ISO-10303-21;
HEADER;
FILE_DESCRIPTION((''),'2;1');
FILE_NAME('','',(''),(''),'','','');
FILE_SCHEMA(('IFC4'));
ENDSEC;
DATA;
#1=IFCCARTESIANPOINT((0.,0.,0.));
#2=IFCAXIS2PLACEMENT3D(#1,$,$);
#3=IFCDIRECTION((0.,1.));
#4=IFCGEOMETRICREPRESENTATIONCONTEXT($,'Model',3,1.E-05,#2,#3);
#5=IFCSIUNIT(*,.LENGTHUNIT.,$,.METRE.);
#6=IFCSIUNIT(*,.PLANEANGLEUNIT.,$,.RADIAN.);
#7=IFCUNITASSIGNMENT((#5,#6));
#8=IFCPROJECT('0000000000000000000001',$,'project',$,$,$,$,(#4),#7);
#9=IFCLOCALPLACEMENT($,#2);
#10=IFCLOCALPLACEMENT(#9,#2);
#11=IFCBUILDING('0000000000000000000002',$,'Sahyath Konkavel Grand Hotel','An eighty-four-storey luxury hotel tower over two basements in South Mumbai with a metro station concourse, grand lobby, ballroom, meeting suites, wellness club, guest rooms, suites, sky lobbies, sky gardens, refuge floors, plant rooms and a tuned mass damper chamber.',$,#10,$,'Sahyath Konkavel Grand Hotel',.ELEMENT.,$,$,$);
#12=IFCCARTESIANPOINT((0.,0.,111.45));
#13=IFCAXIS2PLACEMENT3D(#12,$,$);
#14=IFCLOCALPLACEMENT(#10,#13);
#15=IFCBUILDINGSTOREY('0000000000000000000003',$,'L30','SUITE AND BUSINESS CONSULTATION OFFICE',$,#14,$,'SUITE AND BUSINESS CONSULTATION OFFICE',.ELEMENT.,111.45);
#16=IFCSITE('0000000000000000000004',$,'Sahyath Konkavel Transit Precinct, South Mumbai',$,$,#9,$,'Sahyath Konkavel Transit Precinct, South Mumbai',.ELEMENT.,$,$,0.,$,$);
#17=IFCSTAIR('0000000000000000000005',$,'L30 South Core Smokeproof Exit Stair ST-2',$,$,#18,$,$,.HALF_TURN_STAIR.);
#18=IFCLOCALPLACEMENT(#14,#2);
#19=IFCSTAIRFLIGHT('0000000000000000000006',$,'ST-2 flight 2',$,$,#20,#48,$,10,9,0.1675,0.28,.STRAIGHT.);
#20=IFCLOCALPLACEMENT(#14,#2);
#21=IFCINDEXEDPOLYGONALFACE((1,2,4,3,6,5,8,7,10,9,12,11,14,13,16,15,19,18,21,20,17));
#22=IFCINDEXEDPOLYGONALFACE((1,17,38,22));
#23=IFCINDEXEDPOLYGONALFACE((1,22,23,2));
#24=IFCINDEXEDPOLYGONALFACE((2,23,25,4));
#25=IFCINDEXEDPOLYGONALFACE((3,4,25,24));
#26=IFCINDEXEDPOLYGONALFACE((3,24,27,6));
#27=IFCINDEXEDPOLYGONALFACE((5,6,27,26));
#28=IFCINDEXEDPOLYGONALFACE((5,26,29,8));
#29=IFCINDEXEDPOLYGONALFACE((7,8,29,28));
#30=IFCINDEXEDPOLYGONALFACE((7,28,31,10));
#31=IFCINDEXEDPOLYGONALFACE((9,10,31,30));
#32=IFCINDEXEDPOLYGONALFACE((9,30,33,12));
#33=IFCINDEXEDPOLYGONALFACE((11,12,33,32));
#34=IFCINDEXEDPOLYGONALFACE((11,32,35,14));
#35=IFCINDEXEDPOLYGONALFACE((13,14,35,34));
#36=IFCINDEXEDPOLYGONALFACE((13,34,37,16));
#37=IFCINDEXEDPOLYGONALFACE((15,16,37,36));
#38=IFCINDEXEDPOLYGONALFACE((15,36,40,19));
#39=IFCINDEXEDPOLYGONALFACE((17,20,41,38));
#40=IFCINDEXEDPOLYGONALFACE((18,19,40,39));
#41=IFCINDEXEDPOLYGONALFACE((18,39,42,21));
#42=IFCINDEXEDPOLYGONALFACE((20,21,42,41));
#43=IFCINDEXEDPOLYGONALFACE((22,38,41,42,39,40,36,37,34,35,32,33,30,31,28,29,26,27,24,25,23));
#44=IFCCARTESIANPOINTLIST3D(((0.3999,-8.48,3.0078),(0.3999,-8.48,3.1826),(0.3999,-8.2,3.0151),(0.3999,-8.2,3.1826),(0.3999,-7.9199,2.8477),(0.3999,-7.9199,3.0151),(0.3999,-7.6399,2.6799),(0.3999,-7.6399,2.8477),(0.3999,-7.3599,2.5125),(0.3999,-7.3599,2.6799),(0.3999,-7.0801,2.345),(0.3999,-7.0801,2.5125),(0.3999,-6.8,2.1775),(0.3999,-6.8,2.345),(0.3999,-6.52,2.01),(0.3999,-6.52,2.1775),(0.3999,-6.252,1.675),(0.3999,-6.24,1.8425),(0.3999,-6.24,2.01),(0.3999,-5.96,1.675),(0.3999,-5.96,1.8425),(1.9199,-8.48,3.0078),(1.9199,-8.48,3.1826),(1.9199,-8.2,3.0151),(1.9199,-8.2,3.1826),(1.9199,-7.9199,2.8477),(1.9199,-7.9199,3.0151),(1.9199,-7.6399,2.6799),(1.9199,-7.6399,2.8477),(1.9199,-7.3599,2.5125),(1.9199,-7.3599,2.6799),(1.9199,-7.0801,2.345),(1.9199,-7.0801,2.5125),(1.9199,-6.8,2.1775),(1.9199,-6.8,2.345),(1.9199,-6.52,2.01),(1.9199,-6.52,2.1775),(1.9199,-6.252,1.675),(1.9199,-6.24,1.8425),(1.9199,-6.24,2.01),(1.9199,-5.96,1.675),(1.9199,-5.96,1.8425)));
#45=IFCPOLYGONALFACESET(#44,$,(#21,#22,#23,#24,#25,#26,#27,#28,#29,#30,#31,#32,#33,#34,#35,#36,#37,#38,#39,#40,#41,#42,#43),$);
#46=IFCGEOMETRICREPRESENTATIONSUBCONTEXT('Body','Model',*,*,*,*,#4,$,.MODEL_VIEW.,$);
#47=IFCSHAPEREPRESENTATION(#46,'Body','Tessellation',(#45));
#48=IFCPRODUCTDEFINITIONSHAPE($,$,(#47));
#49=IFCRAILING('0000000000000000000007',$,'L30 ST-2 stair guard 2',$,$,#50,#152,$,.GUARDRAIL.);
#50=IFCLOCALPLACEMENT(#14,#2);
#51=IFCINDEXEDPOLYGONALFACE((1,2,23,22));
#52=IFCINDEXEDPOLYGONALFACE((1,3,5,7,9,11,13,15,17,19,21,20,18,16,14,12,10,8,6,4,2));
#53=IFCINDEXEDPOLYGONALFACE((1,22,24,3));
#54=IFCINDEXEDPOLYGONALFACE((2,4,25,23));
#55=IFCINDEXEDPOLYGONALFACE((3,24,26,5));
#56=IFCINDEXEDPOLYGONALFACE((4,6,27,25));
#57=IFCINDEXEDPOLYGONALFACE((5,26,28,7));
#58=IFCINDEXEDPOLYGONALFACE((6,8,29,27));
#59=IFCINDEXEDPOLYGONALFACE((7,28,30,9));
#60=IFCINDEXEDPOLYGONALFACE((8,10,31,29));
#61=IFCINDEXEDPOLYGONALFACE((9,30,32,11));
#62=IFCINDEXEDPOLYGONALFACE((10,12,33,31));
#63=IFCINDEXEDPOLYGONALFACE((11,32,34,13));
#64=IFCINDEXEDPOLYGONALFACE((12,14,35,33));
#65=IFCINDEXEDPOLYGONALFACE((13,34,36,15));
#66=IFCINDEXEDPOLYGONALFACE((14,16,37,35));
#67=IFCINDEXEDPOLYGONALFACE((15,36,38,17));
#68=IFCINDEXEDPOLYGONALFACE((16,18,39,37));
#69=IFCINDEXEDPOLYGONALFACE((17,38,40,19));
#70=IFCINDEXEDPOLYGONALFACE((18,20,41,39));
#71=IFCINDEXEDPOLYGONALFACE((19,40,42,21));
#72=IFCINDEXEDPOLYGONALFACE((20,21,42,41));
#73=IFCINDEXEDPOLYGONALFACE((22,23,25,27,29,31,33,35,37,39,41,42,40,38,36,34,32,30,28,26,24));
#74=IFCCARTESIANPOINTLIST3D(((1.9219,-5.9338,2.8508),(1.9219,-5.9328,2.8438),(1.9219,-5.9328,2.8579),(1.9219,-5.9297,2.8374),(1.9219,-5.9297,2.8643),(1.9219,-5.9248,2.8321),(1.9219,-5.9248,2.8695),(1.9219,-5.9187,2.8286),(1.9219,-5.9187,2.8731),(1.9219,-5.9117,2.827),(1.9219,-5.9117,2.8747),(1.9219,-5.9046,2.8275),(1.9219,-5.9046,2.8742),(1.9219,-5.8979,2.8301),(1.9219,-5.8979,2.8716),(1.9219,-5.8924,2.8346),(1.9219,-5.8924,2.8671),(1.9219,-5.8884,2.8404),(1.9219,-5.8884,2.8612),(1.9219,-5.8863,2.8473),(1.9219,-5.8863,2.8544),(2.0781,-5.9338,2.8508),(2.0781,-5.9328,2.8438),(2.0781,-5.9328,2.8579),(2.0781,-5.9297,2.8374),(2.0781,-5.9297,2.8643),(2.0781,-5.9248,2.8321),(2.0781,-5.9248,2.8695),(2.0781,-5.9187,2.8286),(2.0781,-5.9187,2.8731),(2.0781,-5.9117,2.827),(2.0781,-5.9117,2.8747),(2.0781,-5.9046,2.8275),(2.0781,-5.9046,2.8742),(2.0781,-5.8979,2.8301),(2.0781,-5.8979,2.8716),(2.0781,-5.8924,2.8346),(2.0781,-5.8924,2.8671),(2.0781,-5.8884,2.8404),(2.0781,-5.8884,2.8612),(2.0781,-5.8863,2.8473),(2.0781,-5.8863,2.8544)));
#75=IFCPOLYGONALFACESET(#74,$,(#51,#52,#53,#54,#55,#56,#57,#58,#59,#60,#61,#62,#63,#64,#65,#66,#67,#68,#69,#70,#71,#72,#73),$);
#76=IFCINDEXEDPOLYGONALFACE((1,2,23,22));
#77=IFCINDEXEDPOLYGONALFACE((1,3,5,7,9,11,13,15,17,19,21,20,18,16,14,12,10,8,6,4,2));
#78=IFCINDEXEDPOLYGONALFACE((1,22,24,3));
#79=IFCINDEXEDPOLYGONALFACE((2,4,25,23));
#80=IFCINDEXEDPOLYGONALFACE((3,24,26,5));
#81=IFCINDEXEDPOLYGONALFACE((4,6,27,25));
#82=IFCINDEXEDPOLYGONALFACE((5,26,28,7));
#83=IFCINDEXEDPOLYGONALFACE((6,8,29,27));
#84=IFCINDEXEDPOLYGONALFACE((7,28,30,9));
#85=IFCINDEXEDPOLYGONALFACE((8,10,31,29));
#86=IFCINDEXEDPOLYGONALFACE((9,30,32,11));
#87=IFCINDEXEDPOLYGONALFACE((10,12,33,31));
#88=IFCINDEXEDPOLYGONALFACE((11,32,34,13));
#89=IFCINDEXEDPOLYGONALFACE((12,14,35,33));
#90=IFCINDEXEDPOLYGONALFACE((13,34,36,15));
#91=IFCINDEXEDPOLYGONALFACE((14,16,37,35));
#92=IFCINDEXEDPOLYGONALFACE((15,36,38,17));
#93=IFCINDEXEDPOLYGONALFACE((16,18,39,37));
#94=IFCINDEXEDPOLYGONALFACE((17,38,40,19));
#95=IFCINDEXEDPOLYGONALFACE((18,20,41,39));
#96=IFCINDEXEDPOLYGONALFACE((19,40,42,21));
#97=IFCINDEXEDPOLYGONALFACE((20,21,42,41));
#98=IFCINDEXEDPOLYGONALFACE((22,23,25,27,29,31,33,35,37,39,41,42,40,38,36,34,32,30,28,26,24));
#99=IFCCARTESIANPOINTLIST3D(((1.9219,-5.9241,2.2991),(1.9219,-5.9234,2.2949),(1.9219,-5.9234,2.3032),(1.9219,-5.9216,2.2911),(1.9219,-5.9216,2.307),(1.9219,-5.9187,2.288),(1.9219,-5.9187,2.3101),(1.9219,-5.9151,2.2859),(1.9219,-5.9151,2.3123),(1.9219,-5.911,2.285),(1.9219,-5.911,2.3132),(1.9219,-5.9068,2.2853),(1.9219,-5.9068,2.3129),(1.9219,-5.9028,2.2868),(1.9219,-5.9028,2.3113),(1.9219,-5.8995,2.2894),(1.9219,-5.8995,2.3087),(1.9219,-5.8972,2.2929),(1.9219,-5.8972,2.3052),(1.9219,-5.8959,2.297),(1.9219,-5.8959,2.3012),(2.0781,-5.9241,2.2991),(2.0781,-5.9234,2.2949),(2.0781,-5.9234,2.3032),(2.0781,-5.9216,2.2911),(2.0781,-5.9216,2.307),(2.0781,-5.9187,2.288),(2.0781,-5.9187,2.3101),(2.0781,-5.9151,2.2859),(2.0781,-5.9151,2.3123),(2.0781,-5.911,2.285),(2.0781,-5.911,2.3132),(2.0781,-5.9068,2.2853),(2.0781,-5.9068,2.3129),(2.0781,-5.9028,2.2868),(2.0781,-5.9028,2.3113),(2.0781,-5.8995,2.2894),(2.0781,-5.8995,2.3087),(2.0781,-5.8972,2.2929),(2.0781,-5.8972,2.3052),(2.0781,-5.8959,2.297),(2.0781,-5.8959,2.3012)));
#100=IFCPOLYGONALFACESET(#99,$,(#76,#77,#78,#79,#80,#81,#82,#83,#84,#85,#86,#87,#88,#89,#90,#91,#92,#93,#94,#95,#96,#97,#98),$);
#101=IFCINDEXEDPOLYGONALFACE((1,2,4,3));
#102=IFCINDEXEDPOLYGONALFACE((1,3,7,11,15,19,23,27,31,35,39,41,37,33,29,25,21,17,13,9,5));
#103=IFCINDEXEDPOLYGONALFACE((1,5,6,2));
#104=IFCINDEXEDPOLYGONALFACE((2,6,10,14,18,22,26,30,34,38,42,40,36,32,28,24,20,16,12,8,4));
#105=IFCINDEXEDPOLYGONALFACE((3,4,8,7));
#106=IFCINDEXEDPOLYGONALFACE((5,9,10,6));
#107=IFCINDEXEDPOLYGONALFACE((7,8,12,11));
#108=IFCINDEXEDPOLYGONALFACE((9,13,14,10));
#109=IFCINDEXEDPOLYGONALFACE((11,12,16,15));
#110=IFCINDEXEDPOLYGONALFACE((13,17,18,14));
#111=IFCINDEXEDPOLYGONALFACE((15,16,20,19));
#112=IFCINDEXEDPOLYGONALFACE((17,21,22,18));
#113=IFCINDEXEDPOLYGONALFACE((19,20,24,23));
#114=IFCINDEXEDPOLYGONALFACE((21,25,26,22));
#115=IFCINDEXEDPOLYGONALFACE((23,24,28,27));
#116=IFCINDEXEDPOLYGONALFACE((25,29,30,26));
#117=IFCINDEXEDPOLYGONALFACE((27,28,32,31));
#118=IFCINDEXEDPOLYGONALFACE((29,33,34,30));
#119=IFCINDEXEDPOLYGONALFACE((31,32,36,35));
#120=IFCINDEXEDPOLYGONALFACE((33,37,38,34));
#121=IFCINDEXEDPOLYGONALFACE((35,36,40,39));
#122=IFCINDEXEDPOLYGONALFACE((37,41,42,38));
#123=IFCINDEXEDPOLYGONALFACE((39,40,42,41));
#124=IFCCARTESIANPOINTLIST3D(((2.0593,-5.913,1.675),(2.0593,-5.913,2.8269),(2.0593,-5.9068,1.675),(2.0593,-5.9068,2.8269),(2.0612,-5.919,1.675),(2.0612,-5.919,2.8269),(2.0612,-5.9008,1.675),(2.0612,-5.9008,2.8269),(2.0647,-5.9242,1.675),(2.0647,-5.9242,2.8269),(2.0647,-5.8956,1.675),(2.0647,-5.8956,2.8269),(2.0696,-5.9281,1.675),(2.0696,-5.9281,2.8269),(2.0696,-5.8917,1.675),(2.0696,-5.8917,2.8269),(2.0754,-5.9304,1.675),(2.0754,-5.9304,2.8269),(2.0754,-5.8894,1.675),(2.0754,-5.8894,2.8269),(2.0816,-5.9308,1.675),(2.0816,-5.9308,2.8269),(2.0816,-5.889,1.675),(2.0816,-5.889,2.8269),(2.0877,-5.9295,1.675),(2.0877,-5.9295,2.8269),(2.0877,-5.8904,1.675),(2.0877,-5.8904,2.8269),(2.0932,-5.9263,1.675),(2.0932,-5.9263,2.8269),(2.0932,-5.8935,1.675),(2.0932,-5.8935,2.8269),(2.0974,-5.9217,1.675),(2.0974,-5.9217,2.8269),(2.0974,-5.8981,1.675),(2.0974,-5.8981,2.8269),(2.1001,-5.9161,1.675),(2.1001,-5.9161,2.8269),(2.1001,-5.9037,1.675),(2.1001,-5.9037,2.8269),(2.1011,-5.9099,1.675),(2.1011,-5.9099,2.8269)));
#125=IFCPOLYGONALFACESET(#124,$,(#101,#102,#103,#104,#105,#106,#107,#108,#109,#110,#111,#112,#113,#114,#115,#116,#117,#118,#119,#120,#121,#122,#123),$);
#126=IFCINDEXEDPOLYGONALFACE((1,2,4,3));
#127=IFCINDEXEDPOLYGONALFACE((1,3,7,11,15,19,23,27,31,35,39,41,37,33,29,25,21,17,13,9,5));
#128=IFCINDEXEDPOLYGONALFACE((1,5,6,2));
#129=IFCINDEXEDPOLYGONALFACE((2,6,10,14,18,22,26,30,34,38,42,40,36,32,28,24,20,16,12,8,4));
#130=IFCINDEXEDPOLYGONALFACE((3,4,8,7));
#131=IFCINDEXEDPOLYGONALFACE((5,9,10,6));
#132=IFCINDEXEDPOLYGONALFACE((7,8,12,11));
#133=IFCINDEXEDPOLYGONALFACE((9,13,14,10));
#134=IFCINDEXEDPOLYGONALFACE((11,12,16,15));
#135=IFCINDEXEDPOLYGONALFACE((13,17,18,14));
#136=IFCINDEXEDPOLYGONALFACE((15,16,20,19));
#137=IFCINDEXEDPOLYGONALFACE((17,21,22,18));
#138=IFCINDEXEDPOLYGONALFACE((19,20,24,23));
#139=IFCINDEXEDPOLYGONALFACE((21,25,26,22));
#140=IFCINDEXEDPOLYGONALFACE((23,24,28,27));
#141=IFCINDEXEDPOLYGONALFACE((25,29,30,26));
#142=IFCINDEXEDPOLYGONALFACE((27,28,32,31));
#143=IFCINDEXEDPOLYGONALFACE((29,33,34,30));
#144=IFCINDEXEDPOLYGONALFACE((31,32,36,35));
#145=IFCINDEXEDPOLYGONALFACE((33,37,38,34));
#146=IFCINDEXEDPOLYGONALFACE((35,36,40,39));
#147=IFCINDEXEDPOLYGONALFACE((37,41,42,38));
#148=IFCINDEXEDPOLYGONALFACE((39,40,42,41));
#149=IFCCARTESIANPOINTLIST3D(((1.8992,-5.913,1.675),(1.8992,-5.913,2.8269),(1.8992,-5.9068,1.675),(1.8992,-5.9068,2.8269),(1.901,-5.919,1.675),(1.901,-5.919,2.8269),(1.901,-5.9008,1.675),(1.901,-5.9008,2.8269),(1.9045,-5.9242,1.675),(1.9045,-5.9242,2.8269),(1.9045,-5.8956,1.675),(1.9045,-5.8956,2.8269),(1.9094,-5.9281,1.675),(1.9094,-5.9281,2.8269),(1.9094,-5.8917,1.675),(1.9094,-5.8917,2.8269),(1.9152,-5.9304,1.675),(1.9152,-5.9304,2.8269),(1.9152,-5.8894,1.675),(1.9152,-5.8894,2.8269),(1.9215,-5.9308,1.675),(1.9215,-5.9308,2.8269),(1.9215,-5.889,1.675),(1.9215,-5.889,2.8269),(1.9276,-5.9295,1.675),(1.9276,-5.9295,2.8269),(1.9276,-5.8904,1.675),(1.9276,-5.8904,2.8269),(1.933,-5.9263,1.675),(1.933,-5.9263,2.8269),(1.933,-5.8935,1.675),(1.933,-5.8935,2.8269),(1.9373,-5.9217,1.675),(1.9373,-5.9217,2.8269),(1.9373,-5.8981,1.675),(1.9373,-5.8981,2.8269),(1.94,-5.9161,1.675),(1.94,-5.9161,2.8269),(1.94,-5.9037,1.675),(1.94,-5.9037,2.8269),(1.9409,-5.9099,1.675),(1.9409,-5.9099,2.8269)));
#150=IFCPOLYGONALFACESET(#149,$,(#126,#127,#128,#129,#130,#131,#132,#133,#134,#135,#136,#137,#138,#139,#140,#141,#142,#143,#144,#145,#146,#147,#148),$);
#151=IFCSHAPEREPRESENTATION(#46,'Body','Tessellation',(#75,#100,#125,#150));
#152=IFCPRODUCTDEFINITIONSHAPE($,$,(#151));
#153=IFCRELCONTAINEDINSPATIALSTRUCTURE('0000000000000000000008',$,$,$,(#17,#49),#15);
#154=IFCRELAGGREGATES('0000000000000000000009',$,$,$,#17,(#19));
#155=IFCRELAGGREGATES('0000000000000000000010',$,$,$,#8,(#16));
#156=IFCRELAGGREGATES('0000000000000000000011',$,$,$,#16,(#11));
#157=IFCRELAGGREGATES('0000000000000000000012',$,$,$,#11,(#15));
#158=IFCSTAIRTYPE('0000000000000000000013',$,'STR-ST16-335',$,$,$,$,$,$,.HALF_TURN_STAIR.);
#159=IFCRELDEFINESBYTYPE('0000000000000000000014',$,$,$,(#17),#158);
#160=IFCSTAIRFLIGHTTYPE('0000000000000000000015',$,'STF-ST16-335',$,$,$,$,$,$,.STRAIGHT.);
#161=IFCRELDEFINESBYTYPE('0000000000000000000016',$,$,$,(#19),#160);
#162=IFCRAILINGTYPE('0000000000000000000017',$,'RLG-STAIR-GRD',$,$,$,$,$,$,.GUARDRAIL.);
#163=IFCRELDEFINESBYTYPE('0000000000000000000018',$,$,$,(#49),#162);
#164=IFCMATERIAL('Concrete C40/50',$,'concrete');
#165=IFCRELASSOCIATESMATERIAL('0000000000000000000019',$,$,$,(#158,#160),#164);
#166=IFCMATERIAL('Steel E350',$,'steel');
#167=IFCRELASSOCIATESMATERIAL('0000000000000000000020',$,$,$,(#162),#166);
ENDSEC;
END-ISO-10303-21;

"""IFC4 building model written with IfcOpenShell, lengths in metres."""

from ifc_helpers import new_model, si_unit, direction, frame, origin, origin_2d, place, context, subcontext, project, spatial, polyline, circle, outline, extrude, material, type_object, element, aggregate, save


model = new_model("IFC4")

# Units and contexts
model_context = context("Model", 3, precision=1e-05, world=origin(), true_north=direction((0.0, 1.0)))
body_context = subcontext(model_context, "Body", "Model", "MODEL_VIEW")
ifc_project = project(units=[si_unit("LENGTHUNIT", "METRE"), si_unit("PLANEANGLEUNIT", "RADIAN")], contexts=[model_context])

# Site, building, storey
site_placement = place(None, origin())
site = spatial("IfcSite", under=ifc_project, at=site_placement, Name="Sahyath Konkavel Transit Precinct, South Mumbai", LongName="Sahyath Konkavel Transit Precinct, South Mumbai", CompositionType="ELEMENT", RefElevation=0.0)
building_placement = place(site_placement, origin())
building = spatial("IfcBuilding", under=site, at=building_placement, Name="Sahyath Konkavel Grand Hotel", Description="An eighty-four-storey luxury hotel tower over two basements in South Mumbai with a metro station concourse, grand lobby, ballroom, meeting suites, wellness club, guest rooms, suites, sky lobbies, sky gardens, refuge floors, plant rooms and a tuned mass damper chamber.", LongName="Sahyath Konkavel Grand Hotel", CompositionType="ELEMENT")
storey_placement = place(building_placement, frame((0.0, 0.0, 111.45)))
storey = spatial("IfcBuildingStorey", under=building, at=storey_placement, Name="L30", Description="SUITE AND BUSINESS CONSULTATION OFFICE", LongName="SUITE AND BUSINESS CONSULTATION OFFICE", CompositionType="ELEMENT", Elevation=111.45)

# Shared definitions
ifc_material_1 = material(Name="Steel E350", Category="steel")

# Shared definitions
ifc_material_2 = material(Name="Concrete C40/50", Category="concrete")

# Stair, stair flight
stair_type = type_object("IfcStairType", Name="STR-ST16-335", PredefinedType="HALF_TURN_STAIR", material=ifc_material_2)
stair_placement = place(storey_placement, origin())
stair = element("IfcStair", 1, at=stair_placement, inside=storey, type_object=stair_type, Name="L30 South Core Smokeproof Exit Stair ST-2", PredefinedType="HALF_TURN_STAIR")
stair_flight_type = type_object("IfcStairFlightType", Name="STF-ST16-335", PredefinedType="STRAIGHT", material=ifc_material_2)
stair_flight_placement = place(storey_placement, frame((1.1599, -5.96, 1.675), z_axis=(0.0, 0.0, 1.0), x_axis=(0.0, -1.0, 0.0)))
stair_flight = element("IfcStairFlight", 2, at=stair_flight_placement, type_object=stair_flight_type, Name="ST-2 flight 2", NumberOfRisers=10, NumberOfTreads=9, PredefinedType="STRAIGHT", RiserHeight=0.1675, TreadLength=0.28, context=body_context, shape_type="SweptSolid", body=[
    extrude(outline(polyline([(0.0, 0.0), (0.0, 0.1675), (0.28, 0.1675), (0.28, 0.335), (0.5601, 0.335), (0.5601, 0.5024), (0.8401, 0.5024), (0.8401, 0.6699), (1.1201, 0.6699), (1.1201, 0.8374), (1.3999, 0.8374), (1.3999, 1.0049), (1.6799, 1.0049), (1.6799, 1.1726), (1.96, 1.1726), (1.96, 1.3401), (2.24, 1.3401), (2.24, 1.5076), (2.52, 1.5076), (2.52, 1.675), (2.52, 1.3328), (0.292, 0.0), (0.0, 0.0)])), frame((0.0, 0.76, 0.0), z_axis=(0.0, -1.0, 0.0), x_axis=(1.0, 0.0, 0.0)), (0.0, 0.0, 1.0), 1.52),
])
aggregate(stair, [stair_flight])

# Railing
railing_type_1 = type_object("IfcRailingType", Name="RLG-STAIR-GRD", PredefinedType="GUARDRAIL", material=ifc_material_1)
railing_1_placement = place(storey_placement, frame((2.0801, -5.9099, 1.675)))
element("IfcRailing", 3, at=railing_1_placement, inside=storey, type_object=railing_type_1, Name="L30 ST-2 stair guard 2", PredefinedType="GUARDRAIL", context=body_context, shape_type="SweptSolid", body=[
    extrude(circle(Radius=0.0239, at=origin_2d()), frame((-0.002, 0.0, 1.1758), z_axis=(-1.0, 0.0, 0.0), x_axis=(0.0, -1.0, 0.0)), (0.0, 0.0, 1.0), 0.1562),
    extrude(circle(Radius=0.0142, at=origin_2d()), frame((-0.002, 0.0, 0.624), z_axis=(-1.0, 0.0, 0.0), x_axis=(0.0, -1.0, 0.0)), (0.0, 0.0, 1.0), 0.1562),
    extrude(circle(Radius=0.021, at=origin_2d()), origin(), (0.0, 0.0, 1.0), 1.1519),
    extrude(circle(Radius=0.021, at=origin_2d()), frame((-0.1602, 0.0, 0.0)), (0.0, 0.0, 1.0), 1.1519),
])

save(model, "model.ifc")
